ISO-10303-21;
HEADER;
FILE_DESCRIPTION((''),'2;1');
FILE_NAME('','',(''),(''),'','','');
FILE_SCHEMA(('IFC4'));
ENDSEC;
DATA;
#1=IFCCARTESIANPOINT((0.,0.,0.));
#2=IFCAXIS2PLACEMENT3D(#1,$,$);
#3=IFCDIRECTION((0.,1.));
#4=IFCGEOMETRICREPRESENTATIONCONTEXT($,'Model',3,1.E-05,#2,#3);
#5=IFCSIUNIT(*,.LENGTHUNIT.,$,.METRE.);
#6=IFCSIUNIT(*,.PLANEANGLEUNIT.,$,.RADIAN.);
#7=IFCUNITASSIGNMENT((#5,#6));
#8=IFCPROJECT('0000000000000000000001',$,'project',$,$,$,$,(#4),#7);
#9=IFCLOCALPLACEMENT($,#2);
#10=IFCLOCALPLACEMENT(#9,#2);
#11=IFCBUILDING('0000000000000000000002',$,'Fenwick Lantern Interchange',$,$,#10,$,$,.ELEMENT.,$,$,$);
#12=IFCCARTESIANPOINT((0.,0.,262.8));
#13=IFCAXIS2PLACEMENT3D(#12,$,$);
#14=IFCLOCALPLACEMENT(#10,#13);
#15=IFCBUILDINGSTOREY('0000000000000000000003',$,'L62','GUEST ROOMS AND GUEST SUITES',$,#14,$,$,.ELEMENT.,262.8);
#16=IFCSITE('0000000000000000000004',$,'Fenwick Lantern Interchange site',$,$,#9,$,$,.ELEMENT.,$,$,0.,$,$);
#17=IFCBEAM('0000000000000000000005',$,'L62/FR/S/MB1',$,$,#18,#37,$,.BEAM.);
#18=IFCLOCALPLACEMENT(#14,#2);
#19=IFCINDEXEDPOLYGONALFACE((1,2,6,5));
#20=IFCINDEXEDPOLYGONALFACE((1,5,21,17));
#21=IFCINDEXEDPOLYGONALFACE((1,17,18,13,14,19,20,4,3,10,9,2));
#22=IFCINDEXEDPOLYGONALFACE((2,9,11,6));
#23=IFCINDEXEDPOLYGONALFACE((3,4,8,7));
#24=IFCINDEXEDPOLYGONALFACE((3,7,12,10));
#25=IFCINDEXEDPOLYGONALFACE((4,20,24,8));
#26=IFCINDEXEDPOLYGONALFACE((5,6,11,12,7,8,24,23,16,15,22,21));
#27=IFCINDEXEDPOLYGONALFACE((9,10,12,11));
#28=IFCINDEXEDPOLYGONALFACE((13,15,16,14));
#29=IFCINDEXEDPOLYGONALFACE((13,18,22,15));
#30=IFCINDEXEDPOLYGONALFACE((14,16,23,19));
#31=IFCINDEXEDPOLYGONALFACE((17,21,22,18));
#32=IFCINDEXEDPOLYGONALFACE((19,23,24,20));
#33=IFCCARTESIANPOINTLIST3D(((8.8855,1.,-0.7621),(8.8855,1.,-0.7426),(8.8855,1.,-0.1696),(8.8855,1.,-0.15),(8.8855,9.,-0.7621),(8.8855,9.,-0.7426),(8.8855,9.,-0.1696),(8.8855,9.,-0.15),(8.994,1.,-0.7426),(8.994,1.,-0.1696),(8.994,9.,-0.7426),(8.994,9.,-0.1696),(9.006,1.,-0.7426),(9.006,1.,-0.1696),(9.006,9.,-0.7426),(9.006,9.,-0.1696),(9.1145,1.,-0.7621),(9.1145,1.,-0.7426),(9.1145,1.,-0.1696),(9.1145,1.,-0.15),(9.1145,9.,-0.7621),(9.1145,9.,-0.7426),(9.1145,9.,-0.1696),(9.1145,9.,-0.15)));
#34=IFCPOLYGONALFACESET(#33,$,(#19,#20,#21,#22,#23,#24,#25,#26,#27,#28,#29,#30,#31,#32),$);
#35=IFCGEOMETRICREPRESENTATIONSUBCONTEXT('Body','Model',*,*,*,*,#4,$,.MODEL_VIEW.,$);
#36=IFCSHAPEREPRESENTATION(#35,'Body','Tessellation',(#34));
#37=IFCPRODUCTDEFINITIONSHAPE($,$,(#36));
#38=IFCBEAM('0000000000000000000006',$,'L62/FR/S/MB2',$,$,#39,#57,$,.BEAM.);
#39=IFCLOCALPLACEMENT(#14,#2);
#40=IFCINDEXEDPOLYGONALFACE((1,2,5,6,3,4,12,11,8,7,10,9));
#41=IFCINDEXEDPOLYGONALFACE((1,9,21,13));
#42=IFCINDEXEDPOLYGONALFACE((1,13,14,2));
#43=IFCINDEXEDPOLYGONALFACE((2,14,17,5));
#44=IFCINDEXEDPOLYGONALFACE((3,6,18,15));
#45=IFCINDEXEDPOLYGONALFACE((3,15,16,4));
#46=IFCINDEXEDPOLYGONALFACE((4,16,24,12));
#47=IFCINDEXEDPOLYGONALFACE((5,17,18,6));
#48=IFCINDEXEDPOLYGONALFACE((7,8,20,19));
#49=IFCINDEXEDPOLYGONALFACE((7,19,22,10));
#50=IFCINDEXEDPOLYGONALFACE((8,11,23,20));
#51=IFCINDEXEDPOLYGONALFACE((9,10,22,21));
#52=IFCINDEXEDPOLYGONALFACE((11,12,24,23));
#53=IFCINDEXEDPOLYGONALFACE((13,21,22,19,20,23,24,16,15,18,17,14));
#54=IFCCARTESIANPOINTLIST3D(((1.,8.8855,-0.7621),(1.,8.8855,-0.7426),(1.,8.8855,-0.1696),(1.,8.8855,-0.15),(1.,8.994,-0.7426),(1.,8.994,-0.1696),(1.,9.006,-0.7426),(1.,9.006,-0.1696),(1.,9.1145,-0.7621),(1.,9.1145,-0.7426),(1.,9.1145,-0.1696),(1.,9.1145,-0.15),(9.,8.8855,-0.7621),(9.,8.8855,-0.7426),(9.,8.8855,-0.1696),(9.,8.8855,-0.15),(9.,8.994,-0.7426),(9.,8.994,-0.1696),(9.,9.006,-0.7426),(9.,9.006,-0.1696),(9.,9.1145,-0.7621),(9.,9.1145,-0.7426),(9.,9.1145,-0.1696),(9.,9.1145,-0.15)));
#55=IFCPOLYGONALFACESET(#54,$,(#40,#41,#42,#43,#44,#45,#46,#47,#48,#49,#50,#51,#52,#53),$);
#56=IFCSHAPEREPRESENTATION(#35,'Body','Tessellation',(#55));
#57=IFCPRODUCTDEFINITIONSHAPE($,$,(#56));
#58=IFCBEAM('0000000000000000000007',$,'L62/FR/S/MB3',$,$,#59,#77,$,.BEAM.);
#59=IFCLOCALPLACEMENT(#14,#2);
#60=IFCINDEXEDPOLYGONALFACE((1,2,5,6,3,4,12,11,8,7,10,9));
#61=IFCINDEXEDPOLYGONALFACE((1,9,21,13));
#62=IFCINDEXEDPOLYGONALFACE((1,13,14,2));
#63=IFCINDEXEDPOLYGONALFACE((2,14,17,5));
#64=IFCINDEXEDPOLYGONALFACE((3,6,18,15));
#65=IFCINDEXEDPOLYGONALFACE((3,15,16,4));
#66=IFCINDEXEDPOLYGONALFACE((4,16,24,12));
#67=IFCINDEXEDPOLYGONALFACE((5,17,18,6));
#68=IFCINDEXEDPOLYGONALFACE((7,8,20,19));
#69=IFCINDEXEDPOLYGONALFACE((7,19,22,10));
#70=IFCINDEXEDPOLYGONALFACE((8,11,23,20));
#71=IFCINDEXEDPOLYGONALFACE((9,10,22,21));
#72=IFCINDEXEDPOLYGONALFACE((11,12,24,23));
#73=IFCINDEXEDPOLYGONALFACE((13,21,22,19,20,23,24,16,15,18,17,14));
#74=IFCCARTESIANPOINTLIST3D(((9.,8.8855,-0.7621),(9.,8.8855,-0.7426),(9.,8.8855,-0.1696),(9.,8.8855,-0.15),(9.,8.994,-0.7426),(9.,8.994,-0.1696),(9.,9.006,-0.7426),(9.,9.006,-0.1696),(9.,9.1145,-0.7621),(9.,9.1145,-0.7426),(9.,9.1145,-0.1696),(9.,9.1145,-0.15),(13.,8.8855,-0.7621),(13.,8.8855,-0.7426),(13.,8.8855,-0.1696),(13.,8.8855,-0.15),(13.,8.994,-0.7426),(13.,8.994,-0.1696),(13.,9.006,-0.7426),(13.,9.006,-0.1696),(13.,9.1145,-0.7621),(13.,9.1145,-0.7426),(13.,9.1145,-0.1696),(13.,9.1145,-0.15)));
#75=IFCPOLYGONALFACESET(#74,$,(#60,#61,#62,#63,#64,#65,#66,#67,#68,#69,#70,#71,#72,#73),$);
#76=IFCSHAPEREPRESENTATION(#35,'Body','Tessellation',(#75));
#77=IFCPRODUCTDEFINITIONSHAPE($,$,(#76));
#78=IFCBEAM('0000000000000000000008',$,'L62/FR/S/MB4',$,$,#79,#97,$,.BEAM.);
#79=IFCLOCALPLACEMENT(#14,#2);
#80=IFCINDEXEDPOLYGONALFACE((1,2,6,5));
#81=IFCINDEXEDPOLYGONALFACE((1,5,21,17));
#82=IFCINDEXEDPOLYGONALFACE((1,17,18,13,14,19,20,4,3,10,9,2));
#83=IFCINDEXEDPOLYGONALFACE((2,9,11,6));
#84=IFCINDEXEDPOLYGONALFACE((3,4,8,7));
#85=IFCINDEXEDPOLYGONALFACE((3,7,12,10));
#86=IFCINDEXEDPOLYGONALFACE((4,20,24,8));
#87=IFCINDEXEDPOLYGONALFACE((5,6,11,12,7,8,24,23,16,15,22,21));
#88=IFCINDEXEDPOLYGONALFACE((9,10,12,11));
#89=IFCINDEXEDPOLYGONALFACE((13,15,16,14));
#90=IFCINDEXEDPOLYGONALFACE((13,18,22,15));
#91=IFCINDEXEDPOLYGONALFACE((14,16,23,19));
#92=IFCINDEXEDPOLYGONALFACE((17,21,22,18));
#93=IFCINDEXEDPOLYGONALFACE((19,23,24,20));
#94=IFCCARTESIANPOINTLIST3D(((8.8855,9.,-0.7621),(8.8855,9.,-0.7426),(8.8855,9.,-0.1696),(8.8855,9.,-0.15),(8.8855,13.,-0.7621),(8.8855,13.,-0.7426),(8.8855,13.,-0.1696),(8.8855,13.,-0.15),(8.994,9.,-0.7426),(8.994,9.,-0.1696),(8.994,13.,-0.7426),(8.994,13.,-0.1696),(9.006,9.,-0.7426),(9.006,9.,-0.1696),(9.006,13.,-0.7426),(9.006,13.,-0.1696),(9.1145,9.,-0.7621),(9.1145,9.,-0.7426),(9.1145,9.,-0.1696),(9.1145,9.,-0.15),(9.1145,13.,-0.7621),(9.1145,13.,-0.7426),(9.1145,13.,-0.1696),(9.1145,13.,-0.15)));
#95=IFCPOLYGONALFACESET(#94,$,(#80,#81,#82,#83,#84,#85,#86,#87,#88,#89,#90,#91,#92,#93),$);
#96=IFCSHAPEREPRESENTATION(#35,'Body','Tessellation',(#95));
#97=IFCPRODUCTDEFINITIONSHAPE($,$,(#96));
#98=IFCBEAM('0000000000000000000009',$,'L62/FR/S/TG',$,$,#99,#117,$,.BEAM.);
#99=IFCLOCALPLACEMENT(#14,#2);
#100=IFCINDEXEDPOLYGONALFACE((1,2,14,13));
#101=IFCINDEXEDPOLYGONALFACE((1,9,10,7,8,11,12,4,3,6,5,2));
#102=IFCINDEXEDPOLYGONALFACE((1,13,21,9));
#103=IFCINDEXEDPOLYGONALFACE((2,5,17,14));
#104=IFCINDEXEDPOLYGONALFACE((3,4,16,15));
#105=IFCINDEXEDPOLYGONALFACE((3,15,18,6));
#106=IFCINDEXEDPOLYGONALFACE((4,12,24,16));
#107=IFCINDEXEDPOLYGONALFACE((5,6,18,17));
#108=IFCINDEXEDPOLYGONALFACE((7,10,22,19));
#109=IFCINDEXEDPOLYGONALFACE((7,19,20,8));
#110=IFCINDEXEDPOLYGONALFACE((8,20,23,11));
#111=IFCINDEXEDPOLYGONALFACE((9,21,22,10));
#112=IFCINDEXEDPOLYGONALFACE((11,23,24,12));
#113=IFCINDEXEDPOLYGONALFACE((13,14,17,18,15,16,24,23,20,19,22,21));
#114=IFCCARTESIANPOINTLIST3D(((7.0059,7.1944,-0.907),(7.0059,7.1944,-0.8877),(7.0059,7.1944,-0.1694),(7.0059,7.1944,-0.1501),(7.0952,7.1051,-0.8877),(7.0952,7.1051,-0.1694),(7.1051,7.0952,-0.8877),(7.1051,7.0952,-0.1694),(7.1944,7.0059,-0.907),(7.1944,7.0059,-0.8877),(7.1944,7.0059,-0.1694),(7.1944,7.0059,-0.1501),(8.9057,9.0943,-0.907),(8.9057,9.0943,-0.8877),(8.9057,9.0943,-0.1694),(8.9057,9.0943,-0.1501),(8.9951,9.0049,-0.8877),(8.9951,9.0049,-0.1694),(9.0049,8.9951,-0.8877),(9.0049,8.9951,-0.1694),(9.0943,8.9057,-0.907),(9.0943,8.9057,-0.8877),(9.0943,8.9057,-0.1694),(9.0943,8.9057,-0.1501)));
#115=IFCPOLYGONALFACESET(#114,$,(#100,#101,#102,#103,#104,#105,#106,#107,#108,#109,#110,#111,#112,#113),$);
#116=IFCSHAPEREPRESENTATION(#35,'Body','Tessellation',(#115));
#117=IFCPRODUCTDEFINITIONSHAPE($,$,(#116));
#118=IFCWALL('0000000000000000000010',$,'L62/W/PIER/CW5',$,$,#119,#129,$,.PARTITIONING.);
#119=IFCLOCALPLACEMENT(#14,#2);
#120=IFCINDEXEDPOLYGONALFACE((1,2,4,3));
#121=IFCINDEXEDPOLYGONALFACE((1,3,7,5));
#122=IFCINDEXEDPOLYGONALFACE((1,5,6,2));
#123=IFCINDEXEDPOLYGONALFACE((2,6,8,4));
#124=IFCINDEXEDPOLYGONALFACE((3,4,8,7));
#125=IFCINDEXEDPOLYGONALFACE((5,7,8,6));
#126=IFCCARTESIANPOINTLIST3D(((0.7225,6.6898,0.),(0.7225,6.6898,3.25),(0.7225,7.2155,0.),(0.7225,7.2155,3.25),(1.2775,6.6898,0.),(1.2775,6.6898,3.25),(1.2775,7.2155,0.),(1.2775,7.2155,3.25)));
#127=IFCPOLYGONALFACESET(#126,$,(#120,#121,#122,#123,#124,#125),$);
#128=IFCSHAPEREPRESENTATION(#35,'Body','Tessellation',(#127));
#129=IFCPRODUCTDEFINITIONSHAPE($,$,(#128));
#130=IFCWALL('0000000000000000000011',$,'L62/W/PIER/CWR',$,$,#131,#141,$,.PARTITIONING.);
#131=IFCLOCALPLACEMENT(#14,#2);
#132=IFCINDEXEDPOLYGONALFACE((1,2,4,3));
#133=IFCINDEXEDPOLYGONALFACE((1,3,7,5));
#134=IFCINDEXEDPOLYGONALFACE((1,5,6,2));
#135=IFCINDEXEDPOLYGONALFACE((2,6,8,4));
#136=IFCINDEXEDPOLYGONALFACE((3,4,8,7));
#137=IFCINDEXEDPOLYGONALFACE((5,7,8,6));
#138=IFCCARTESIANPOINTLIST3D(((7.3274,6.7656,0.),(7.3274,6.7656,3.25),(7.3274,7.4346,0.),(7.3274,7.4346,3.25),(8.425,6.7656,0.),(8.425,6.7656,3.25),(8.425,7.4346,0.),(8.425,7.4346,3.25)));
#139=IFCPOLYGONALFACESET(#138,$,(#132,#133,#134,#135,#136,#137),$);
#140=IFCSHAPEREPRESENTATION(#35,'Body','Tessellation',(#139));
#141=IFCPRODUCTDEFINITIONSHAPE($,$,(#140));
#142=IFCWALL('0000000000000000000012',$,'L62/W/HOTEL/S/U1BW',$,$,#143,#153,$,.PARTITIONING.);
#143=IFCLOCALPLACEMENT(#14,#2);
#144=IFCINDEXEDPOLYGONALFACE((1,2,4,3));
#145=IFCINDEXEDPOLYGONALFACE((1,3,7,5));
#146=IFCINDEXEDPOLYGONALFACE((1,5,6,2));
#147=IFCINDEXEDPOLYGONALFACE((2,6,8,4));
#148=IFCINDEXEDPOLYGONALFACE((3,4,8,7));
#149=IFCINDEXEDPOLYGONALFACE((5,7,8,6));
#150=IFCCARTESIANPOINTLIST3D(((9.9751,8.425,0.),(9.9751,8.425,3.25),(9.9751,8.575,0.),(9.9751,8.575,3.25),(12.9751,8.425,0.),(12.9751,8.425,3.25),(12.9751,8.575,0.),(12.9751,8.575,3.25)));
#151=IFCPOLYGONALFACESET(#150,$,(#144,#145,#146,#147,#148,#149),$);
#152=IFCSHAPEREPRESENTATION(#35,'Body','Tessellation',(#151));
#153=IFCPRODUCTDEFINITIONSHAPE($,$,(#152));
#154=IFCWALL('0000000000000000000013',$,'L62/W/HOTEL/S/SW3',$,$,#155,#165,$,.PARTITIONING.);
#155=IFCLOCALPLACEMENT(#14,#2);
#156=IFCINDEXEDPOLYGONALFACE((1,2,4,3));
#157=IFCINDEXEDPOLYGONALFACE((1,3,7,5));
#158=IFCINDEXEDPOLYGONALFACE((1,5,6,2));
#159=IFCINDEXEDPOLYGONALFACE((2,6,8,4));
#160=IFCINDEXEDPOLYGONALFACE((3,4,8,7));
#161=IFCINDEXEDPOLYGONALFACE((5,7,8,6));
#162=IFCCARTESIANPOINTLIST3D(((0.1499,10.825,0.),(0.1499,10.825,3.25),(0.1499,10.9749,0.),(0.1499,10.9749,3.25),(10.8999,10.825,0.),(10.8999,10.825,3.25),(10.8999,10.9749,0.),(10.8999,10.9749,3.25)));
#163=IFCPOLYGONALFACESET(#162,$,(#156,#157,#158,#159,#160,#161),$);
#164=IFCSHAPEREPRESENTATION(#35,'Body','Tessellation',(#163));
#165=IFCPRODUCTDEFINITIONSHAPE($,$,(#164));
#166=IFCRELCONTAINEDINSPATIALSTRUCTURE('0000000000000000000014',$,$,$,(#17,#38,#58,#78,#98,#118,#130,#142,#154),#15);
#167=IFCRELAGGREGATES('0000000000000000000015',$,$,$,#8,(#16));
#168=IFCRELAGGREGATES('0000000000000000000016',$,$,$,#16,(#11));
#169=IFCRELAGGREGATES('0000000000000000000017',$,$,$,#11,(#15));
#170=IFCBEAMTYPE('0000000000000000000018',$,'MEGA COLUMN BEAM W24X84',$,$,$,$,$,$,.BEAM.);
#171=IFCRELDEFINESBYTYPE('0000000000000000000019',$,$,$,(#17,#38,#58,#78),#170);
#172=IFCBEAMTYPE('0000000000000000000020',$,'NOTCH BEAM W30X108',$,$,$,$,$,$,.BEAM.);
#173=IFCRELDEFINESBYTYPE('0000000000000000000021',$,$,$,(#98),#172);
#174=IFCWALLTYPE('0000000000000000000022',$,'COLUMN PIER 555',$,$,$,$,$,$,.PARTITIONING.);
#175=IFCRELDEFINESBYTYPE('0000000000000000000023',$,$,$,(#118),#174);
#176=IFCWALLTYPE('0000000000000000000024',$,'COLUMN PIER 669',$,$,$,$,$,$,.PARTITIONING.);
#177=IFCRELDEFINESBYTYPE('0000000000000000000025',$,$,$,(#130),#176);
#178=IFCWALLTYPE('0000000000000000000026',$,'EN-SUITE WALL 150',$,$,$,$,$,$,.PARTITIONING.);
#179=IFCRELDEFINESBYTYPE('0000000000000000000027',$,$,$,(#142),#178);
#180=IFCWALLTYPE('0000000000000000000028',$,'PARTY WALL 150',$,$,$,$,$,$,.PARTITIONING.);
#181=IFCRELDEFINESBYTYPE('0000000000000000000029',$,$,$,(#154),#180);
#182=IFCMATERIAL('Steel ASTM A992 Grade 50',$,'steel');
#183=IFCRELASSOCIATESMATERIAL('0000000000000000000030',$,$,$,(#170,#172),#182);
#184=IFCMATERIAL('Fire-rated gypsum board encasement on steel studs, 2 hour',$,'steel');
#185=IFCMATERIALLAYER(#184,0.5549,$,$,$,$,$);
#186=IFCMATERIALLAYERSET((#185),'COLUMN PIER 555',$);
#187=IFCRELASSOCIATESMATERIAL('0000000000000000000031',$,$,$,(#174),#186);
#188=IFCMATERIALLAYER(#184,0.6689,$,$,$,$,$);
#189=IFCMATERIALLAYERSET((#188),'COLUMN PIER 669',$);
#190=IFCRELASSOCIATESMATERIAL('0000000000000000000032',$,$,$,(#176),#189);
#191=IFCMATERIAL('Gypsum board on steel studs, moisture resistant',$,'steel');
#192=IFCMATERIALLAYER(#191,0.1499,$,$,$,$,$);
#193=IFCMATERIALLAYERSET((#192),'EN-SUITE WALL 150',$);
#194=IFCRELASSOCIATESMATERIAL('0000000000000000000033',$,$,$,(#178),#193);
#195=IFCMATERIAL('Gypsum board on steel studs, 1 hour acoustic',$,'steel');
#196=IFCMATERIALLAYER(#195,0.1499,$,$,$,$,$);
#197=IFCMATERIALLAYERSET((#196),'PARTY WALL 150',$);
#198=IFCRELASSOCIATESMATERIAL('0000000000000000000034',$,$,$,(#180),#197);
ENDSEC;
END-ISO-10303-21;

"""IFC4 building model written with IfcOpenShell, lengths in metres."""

from ifc_helpers import new_model, si_unit, direction, frame, frame_2d, origin, origin_2d, place, context, subcontext, project, spatial, rectangle, i_section, extrude, material, layer, layer_set, material_profile, profile_set, type_object, element, save


model = new_model("IFC4")

# Units and contexts
model_context = context("Model", 3, precision=1e-05, world=origin(), true_north=direction((0.0, 1.0)))
body_context = subcontext(model_context, "Body", "Model", "MODEL_VIEW")
ifc_project = project(units=[si_unit("LENGTHUNIT", "METRE"), si_unit("PLANEANGLEUNIT", "RADIAN")], contexts=[model_context])

# Site, building, storey
site_placement = place(None, origin())
site = spatial("IfcSite", under=ifc_project, at=site_placement, Name="Fenwick Lantern Interchange site", CompositionType="ELEMENT", RefElevation=0.0)
building_placement = place(site_placement, origin())
building = spatial("IfcBuilding", under=site, at=building_placement, Name="Fenwick Lantern Interchange", CompositionType="ELEMENT")
storey_placement = place(building_placement, frame((0.0, 0.0, 262.8)))
storey = spatial("IfcBuildingStorey", under=building, at=storey_placement, Name="L62", Description="GUEST ROOMS AND GUEST SUITES", CompositionType="ELEMENT", Elevation=262.8)

# Shared definitions
ifc_material_1 = material(Name="Steel ASTM A992 Grade 50", Category="steel")

# Beams
ifc_material_profile_1 = material_profile(ifc_material_1, i_section(OverallWidth=0.229, OverallDepth=0.6121, WebThickness=0.012, FlangeThickness=0.0195, at=origin_2d()), Name="W24X84")
ifc_profile_set_1 = profile_set([ifc_material_profile_1], Name="Steel ASTM A992 Grade 50")
beam_type_1 = type_object("IfcBeamType", Name="MEGA COLUMN BEAM W24X84", PredefinedType="BEAM", material=ifc_profile_set_1)
for number, where, z_axis, x_axis, name in (
    (1, (9.0, 9.0, -0.4561), (0.0, -1.0, 0.0), (1.0, 0.0, 0.0), "L62/FR/S/MB1"),
    (2, (9.0, 9.0, -0.4561), (-1.0, 0.0, 0.0), (0.0, -1.0, 0.0), "L62/FR/S/MB2"),
):
    element("IfcBeam", number, at=place(storey_placement, frame(where, z_axis=z_axis, x_axis=x_axis)), inside=storey, type_object=beam_type_1, Name=name, PredefinedType="BEAM", context=body_context, shape_type="SweptSolid", body=[
        extrude(i_section(OverallWidth=0.229, OverallDepth=0.6121, WebThickness=0.012, FlangeThickness=0.0195, at=origin_2d()), origin(), (0.0, 0.0, 1.0), 8.0),
    ])
for number, where, z_axis, x_axis, name in (
    (3, (9.0, 9.0, -0.4561), (1.0, 0.0, 0.0), (0.0, 1.0, 0.0), "L62/FR/S/MB3"),
    (4, (9.0, 9.0, -0.4561), (0.0, 1.0, 0.0), (-1.0, 0.0, 0.0), "L62/FR/S/MB4"),
):
    element("IfcBeam", number, at=place(storey_placement, frame(where, z_axis=z_axis, x_axis=x_axis)), inside=storey, type_object=beam_type_1, Name=name, PredefinedType="BEAM", context=body_context, shape_type="SweptSolid", body=[
        extrude(i_section(OverallWidth=0.229, OverallDepth=0.6121, WebThickness=0.012, FlangeThickness=0.0195, at=origin_2d()), origin(), (0.0, 0.0, 1.0), 4.0),
    ])
ifc_material_profile_2 = material_profile(ifc_material_1, i_section(OverallWidth=0.2666, OverallDepth=0.7568, WebThickness=0.0139, FlangeThickness=0.0193, at=origin_2d()), Name="W30X108")
ifc_profile_set_2 = profile_set([ifc_material_profile_2], Name="Steel ASTM A992 Grade 50")
beam_type_2 = type_object("IfcBeamType", Name="NOTCH BEAM W30X108", PredefinedType="BEAM", material=ifc_profile_set_2)
beam_1_placement = place(storey_placement, frame((9.0, 9.0, -0.5286), z_axis=(-0.707107, -0.707107, 0.0), x_axis=(0.707107, -0.707107, 0.0)))
element("IfcBeam", 5, at=beam_1_placement, inside=storey, type_object=beam_type_2, Name="L62/FR/S/TG", PredefinedType="BEAM", context=body_context, shape_type="SweptSolid", body=[
    extrude(i_section(OverallWidth=0.2666, OverallDepth=0.7568, WebThickness=0.0139, FlangeThickness=0.0193, at=origin_2d()), origin(), (0.0, 0.0, 1.0), 2.6868),
])

# Walls
ifc_material_2 = material(Name="Fire-rated gypsum board encasement on steel studs, 2 hour", Category="steel")
ifc_layer_1 = layer(ifc_material_2, 0.5549)
ifc_layer_set_1 = layer_set([ifc_layer_1], Name="COLUMN PIER 555")
wall_type_1 = type_object("IfcWallType", Name="COLUMN PIER 555", PredefinedType="PARTITIONING", material=ifc_layer_set_1)
wall_1_placement = place(storey_placement, frame((1.0, 6.6899, 0.0), z_axis=(0.0, 0.0, 1.0), x_axis=(0.0, 1.0, 0.0)))
element("IfcWall", 6, at=wall_1_placement, inside=storey, type_object=wall_type_1, Name="L62/W/PIER/CW5", PredefinedType="PARTITIONING", context=body_context, shape_type="SweptSolid", body=[
    extrude(rectangle(XDim=0.5256, YDim=0.5549, at=frame_2d((0.2627, 0.0))), origin(), (0.0, 0.0, 1.0), 3.25),
])
ifc_layer_2 = layer(ifc_material_2, 0.6689)
ifc_layer_set_2 = layer_set([ifc_layer_2], Name="COLUMN PIER 669")
wall_type_2 = type_object("IfcWallType", Name="COLUMN PIER 669", PredefinedType="PARTITIONING", material=ifc_layer_set_2)
wall_2_placement = place(storey_placement, frame((8.425, 7.1001, 0.0), z_axis=(0.0, 0.0, 1.0), x_axis=(-1.0, 0.0, 0.0)))
element("IfcWall", 7, at=wall_2_placement, inside=storey, type_object=wall_type_2, Name="L62/W/PIER/CWR", PredefinedType="PARTITIONING", context=body_context, shape_type="SweptSolid", body=[
    extrude(rectangle(XDim=1.0977, YDim=0.6689, at=frame_2d((0.5488, 0.0))), origin(), (0.0, 0.0, 1.0), 3.25),
])
ifc_material_3 = material(Name="Gypsum board on steel studs, moisture resistant", Category="steel")
ifc_layer_3 = layer(ifc_material_3, 0.1499)
ifc_layer_set_3 = layer_set([ifc_layer_3], Name="EN-SUITE WALL 150")
wall_type_3 = type_object("IfcWallType", Name="EN-SUITE WALL 150", PredefinedType="PARTITIONING", material=ifc_layer_set_3)
wall_3_placement = place(storey_placement, frame((9.9751, 8.5, 0.0), z_axis=(0.0, 0.0, 1.0), x_axis=(1.0, 0.0, 0.0)))
element("IfcWall", 8, at=wall_3_placement, inside=storey, type_object=wall_type_3, Name="L62/W/HOTEL/S/U1BW", PredefinedType="PARTITIONING", context=body_context, shape_type="SweptSolid", body=[
    extrude(rectangle(XDim=3.0, YDim=0.1499, at=frame_2d((1.5, 0.0))), origin(), (0.0, 0.0, 1.0), 3.25),
])
ifc_material_4 = material(Name="Gypsum board on steel studs, 1 hour acoustic", Category="steel")
ifc_layer_4 = layer(ifc_material_4, 0.1499)
ifc_layer_set_4 = layer_set([ifc_layer_4], Name="PARTY WALL 150")
wall_type_4 = type_object("IfcWallType", Name="PARTY WALL 150", PredefinedType="PARTITIONING", material=ifc_layer_set_4)
wall_4_placement = place(storey_placement, frame((0.1499, 10.8999, 0.0), z_axis=(0.0, 0.0, 1.0), x_axis=(1.0, 0.0, 0.0)))
element("IfcWall", 9, at=wall_4_placement, inside=storey, type_object=wall_type_4, Name="L62/W/HOTEL/S/SW3", PredefinedType="PARTITIONING", context=body_context, shape_type="SweptSolid", body=[
    extrude(rectangle(XDim=10.75, YDim=0.1499, at=frame_2d((5.375, 0.0))), origin(), (0.0, 0.0, 1.0), 3.25),
])

save(model, "model.ifc")
